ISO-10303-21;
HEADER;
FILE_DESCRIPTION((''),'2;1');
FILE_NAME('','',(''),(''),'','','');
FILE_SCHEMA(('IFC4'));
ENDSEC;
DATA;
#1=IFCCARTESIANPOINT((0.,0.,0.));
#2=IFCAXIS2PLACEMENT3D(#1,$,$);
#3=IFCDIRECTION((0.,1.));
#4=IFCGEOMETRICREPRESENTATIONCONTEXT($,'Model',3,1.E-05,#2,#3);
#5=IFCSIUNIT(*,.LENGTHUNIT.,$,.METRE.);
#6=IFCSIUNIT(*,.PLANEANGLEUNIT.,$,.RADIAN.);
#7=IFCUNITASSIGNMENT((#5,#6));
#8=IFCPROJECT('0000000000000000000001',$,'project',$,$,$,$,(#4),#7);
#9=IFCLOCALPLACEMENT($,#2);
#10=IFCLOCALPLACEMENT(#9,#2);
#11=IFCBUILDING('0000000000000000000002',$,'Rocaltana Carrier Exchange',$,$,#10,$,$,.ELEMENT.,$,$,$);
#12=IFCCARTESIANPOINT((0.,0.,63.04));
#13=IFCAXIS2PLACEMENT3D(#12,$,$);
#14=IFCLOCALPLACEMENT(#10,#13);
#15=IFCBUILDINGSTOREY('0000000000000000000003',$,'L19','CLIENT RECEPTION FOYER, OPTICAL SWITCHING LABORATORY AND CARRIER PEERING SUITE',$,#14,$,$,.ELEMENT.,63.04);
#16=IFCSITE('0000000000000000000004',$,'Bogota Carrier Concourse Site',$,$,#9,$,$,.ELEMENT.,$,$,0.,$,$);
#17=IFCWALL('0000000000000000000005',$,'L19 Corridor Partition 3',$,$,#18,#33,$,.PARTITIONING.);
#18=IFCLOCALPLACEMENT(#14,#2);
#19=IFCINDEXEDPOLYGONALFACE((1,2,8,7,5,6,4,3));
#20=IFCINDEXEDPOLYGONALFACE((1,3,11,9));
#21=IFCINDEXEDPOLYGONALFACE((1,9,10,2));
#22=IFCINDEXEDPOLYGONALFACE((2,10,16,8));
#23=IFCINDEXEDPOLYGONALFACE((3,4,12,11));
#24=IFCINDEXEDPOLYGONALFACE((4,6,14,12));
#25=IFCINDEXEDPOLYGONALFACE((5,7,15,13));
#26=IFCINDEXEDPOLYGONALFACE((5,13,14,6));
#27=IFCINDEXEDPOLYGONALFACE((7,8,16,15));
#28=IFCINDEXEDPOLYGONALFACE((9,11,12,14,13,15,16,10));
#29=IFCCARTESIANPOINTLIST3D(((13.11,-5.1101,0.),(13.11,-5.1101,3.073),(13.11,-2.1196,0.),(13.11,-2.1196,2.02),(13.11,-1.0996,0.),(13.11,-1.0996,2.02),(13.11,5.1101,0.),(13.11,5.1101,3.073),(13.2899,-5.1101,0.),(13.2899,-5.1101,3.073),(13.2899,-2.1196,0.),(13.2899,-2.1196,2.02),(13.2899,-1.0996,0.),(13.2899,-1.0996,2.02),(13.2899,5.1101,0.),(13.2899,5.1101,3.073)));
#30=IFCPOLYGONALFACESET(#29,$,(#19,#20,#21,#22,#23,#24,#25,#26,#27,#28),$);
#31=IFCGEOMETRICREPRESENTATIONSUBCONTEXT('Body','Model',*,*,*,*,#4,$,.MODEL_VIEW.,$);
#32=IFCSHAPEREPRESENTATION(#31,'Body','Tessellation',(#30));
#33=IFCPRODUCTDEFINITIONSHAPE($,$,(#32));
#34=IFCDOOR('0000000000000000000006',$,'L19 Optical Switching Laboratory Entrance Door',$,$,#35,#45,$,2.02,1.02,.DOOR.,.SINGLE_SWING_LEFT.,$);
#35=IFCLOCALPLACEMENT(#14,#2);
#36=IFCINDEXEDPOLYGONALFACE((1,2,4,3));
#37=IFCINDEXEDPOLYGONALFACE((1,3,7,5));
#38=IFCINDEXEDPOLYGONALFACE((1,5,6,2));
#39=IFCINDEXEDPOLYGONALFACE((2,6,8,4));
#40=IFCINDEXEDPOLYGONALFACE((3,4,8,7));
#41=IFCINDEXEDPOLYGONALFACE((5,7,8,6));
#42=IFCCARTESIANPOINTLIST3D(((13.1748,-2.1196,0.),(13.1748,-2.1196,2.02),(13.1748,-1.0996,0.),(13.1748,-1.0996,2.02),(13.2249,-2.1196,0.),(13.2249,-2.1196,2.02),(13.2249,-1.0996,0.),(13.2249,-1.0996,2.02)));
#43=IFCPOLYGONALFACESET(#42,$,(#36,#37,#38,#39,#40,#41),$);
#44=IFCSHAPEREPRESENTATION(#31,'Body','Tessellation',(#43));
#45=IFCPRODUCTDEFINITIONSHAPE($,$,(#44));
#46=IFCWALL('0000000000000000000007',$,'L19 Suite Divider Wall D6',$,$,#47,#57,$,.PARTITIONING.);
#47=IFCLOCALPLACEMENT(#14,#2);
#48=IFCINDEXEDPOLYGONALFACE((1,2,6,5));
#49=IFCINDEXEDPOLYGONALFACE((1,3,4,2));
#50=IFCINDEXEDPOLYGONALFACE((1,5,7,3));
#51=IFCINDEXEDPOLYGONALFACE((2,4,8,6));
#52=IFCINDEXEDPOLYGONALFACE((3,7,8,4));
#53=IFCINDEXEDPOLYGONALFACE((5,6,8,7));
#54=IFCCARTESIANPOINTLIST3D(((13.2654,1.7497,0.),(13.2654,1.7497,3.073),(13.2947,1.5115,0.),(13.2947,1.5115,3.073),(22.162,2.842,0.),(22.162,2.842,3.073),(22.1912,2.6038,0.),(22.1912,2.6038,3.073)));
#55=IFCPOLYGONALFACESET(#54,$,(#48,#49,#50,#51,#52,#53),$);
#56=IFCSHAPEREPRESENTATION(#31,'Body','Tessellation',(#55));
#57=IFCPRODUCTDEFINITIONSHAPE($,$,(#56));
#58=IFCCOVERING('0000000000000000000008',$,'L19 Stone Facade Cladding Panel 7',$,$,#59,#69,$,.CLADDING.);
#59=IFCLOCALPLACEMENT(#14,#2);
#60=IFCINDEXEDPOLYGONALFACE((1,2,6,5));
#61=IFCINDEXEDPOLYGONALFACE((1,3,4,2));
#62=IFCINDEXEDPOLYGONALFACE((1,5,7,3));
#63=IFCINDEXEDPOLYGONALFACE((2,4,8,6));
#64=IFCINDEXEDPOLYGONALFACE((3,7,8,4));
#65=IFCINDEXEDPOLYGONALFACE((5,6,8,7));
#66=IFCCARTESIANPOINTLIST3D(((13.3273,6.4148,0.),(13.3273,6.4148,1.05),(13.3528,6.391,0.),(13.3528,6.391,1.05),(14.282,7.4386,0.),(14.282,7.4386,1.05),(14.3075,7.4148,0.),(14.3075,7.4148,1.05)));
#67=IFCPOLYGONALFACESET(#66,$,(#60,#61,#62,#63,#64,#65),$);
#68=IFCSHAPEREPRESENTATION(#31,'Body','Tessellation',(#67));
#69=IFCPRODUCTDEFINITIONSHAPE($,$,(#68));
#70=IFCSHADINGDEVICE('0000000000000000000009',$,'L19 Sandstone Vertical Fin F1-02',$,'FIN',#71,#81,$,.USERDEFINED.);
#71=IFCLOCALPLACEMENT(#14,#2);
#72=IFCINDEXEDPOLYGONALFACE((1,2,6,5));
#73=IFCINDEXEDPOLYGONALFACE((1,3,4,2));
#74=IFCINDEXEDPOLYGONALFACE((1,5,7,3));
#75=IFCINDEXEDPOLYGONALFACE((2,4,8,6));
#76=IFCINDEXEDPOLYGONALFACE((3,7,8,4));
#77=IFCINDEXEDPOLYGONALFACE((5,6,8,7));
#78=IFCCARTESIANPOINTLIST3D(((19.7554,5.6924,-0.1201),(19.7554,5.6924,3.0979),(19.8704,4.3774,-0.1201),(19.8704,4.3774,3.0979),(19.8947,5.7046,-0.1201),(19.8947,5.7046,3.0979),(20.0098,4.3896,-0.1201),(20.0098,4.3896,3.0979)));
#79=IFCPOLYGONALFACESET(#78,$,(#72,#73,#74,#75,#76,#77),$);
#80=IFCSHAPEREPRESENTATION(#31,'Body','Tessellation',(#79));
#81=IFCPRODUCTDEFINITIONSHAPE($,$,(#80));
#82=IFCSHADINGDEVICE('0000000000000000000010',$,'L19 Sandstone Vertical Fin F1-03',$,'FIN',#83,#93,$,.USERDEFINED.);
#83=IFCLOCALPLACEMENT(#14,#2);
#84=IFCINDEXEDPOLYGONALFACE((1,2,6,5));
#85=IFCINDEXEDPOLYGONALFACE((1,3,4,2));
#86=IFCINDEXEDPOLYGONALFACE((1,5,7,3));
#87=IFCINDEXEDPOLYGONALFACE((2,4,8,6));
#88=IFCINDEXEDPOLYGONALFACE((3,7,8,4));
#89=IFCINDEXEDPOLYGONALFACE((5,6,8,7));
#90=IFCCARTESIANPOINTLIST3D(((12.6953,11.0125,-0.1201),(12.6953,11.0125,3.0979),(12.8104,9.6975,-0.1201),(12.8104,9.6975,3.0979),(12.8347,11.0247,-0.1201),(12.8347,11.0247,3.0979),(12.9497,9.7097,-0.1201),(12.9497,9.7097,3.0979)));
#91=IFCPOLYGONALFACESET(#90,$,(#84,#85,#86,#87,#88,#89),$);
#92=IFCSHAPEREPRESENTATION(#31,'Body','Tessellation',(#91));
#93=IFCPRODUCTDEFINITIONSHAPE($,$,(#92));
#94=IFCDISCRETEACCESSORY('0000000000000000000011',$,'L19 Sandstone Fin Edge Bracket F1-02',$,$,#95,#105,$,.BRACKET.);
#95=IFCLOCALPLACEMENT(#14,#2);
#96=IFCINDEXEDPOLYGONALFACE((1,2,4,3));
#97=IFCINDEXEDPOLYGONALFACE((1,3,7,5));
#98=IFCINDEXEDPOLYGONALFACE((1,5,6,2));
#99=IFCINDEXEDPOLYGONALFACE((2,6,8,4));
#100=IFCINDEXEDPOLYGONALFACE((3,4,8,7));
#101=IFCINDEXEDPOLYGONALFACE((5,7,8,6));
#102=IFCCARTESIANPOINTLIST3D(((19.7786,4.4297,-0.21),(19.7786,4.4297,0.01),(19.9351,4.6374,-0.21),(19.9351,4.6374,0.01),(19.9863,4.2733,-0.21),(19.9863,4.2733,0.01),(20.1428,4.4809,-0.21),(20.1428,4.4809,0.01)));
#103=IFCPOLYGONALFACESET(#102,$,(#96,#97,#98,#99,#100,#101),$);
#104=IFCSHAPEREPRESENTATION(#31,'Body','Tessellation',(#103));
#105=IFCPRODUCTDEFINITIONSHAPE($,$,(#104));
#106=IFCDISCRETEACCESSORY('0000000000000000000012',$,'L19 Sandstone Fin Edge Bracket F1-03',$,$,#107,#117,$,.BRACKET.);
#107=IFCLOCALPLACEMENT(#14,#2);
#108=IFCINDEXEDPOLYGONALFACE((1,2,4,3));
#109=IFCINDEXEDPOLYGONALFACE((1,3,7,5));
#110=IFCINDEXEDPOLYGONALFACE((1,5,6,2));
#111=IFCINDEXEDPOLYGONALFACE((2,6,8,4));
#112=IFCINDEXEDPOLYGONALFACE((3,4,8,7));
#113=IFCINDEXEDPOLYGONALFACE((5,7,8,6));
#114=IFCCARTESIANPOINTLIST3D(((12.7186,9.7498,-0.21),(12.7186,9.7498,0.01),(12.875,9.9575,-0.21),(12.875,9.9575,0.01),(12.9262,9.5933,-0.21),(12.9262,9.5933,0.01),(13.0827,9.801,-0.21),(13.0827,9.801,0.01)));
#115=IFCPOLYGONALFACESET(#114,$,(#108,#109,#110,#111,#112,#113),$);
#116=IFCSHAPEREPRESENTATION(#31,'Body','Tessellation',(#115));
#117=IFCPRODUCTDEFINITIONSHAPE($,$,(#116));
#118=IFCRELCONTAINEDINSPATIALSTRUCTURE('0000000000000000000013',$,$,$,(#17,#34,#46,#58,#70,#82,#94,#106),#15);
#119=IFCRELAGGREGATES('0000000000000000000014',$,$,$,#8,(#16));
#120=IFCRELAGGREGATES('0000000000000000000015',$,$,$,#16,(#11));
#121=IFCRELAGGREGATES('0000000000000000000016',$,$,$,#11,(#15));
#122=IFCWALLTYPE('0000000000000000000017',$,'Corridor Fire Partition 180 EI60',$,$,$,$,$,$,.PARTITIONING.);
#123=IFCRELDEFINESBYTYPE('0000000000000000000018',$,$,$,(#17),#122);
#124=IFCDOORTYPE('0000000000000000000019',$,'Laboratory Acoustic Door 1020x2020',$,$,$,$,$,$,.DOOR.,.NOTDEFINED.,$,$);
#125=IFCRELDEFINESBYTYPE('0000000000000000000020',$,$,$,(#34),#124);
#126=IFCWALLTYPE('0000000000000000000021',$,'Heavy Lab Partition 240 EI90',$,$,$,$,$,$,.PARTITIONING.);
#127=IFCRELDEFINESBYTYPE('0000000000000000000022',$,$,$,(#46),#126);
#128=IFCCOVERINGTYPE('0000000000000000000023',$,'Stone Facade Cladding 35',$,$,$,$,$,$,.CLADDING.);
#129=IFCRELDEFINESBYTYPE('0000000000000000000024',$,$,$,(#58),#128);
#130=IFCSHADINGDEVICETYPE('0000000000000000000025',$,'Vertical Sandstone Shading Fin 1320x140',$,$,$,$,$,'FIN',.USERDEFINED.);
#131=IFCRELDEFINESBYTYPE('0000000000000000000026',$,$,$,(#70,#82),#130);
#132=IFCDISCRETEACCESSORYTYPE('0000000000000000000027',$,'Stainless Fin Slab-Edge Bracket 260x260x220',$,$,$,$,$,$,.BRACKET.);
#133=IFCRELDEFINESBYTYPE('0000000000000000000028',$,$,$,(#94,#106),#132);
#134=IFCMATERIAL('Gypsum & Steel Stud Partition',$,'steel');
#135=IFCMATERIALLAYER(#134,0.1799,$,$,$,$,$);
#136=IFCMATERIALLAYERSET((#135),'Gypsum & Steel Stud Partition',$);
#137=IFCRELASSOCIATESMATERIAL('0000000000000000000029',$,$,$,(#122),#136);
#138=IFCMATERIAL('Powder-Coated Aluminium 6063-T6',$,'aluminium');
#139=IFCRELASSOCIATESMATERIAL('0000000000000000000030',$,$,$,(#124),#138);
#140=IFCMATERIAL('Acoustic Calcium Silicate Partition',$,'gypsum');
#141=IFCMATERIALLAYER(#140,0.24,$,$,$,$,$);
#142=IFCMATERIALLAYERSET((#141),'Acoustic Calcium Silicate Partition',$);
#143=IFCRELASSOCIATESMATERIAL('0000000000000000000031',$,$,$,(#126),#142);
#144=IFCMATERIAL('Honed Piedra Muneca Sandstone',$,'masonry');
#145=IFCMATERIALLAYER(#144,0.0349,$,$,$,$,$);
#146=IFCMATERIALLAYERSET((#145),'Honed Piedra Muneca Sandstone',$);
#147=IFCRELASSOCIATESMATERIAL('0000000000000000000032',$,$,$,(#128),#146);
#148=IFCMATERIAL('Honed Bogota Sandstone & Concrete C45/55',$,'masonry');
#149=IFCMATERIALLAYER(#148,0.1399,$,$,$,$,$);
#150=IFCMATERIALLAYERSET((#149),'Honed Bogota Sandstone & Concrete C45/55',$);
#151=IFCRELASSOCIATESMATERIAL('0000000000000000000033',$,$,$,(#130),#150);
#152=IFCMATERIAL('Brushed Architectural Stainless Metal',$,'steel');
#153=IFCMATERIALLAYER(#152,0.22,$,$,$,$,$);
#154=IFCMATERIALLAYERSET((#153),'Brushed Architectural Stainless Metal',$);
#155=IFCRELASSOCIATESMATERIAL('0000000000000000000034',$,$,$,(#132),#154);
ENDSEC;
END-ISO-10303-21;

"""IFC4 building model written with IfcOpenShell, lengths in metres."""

from ifc_helpers import new_model, si_unit, direction, frame, frame_2d, origin, origin_2d, place, context, subcontext, project, spatial, rectangle, extrude, material, layer, layer_set, type_object, element, fill, save


model = new_model("IFC4")

# Units and contexts
model_context = context("Model", 3, precision=1e-05, world=origin(), true_north=direction((0.0, 1.0)))
body_context = subcontext(model_context, "Body", "Model", "MODEL_VIEW")
ifc_project = project(units=[si_unit("LENGTHUNIT", "METRE"), si_unit("PLANEANGLEUNIT", "RADIAN")], contexts=[model_context])

# Site, building, storey
site_placement = place(None, origin())
site = spatial("IfcSite", under=ifc_project, at=site_placement, Name="Bogota Carrier Concourse Site", CompositionType="ELEMENT", RefElevation=0.0)
building_placement = place(site_placement, origin())
building = spatial("IfcBuilding", under=site, at=building_placement, Name="Rocaltana Carrier Exchange", CompositionType="ELEMENT")
storey_placement = place(building_placement, frame((0.0, 0.0, 63.04)))
storey = spatial("IfcBuildingStorey", under=building, at=storey_placement, Name="L19", Description="CLIENT RECEPTION FOYER, OPTICAL SWITCHING LABORATORY AND CARRIER PEERING SUITE", CompositionType="ELEMENT", Elevation=63.04)

# Wall, opening, door
ifc_material_1 = material(Name="Gypsum & Steel Stud Partition", Category="steel")
ifc_layer_1 = layer(ifc_material_1, 0.1799)
ifc_layer_set_1 = layer_set([ifc_layer_1], Name="Gypsum & Steel Stud Partition")
wall_type_1 = type_object("IfcWallType", Name="Corridor Fire Partition 180 EI60", PredefinedType="PARTITIONING", material=ifc_layer_set_1)
wall_1_placement = place(storey_placement, frame((13.2, 5.1101, 0.0), z_axis=(0.0, 0.0, 1.0), x_axis=(0.0, -1.0, 0.0)))
wall_1 = element("IfcWall", 1, at=wall_1_placement, inside=storey, type_object=wall_type_1, Name="L19 Corridor Partition 3", PredefinedType="PARTITIONING", context=body_context, shape_type="SweptSolid", body=[
    extrude(rectangle(XDim=10.2202, YDim=0.1799, at=frame_2d((5.1101, 0.0))), origin(), (0.0, 0.0, 1.0), 3.073),
])
opening_placement = place(wall_1_placement, frame((6.2097, 0.0, 0.0)))
opening = element("IfcOpeningElement", 2, at=opening_placement, cuts=wall_1, PredefinedType="OPENING", context=body_context, shape_type="SweptSolid", body=[
    extrude(rectangle(XDim=1.02, YDim=2.02, at=frame_2d((0.51, 1.01))), frame((0.0, 0.0999, 0.0), z_axis=(0.0, -1.0, 0.0), x_axis=(1.0, 0.0, 0.0)), (0.0, 0.0, 1.0), 0.2),
])
ifc_material_2 = material(Name="Powder-Coated Aluminium 6063-T6", Category="aluminium")
door_type = type_object("IfcDoorType", Name="Laboratory Acoustic Door 1020x2020", OperationType="NOTDEFINED", PredefinedType="DOOR", material=ifc_material_2)
door_placement = place(opening_placement, origin())
door = element("IfcDoor", 3, at=door_placement, inside=storey, type_object=door_type, Name="L19 Optical Switching Laboratory Entrance Door", OperationType="SINGLE_SWING_LEFT", OverallHeight=2.02, OverallWidth=1.02, PredefinedType="DOOR", context=body_context, shape_type="SweptSolid", body=[
    extrude(rectangle(XDim=1.02, YDim=2.02, at=frame_2d((0.51, 1.01))), frame((0.0, 0.0249, 0.0), z_axis=(0.0, -1.0, 0.0), x_axis=(1.0, 0.0, 0.0)), (0.0, 0.0, 1.0), 0.05),
])
fill(opening, door)

# Wall
ifc_material_3 = material(Name="Acoustic Calcium Silicate Partition", Category="gypsum")
ifc_layer_2 = layer(ifc_material_3, 0.24)
ifc_layer_set_2 = layer_set([ifc_layer_2], Name="Acoustic Calcium Silicate Partition")
wall_type_2 = type_object("IfcWallType", Name="Heavy Lab Partition 240 EI90", PredefinedType="PARTITIONING", material=ifc_layer_set_2)
wall_2_placement = place(storey_placement, frame((13.28, 1.6306, 0.0), z_axis=(0.0, 0.0, 1.0), x_axis=(0.992547, 0.121862, 0.0)))
element("IfcWall", 4, at=wall_2_placement, inside=storey, type_object=wall_type_2, Name="L19 Suite Divider Wall D6", PredefinedType="PARTITIONING", context=body_context, shape_type="SweptSolid", body=[
    extrude(rectangle(XDim=8.9634, YDim=0.24, at=frame_2d((4.4817, 0.0))), origin(), (0.0, 0.0, 1.0), 3.073),
])

# Covering
ifc_material_4 = material(Name="Honed Piedra Muneca Sandstone", Category="masonry")
ifc_layer_3 = layer(ifc_material_4, 0.0349)
ifc_layer_set_3 = layer_set([ifc_layer_3], Name="Honed Piedra Muneca Sandstone")
covering_type = type_object("IfcCoveringType", Name="Stone Facade Cladding 35", PredefinedType="CLADDING", material=ifc_layer_set_3)
covering_placement = place(storey_placement, frame((13.8174, 6.9148, 0.0), z_axis=(0.0, 0.0, 1.0), x_axis=(0.681998, 0.731354, 0.0)))
element("IfcCovering", 5, at=covering_placement, inside=storey, type_object=covering_type, Name="L19 Stone Facade Cladding Panel 7", PredefinedType="CLADDING", context=body_context, shape_type="SweptSolid", body=[
    extrude(rectangle(XDim=1.3999, YDim=0.0349, at=origin_2d()), origin(), (0.0, 0.0, 1.0), 1.05),
])

# Shading devices
ifc_material_5 = material(Name="Honed Bogota Sandstone & Concrete C45/55", Category="masonry")
ifc_layer_4 = layer(ifc_material_5, 0.1399)
ifc_layer_set_4 = layer_set([ifc_layer_4], Name="Honed Bogota Sandstone & Concrete C45/55")
shading_device_type = type_object("IfcShadingDeviceType", Name="Vertical Sandstone Shading Fin 1320x140", ElementType="FIN", PredefinedType="USERDEFINED", material=ifc_layer_set_4)
for number, where, z_axis, x_axis, name in (
    (6, (19.8826, 5.041, -0.1201), (0.0, 0.0, 1.0), (-0.087156, 0.996195, 0.0), "L19 Sandstone Vertical Fin F1-02"),
    (7, (12.8225, 10.3611, -0.1201), (0.0, 0.0, 1.0), (-0.087156, 0.996195, 0.0), "L19 Sandstone Vertical Fin F1-03"),
):
    element("IfcShadingDevice", number, at=place(storey_placement, frame(where, z_axis=z_axis, x_axis=x_axis)), inside=storey, type_object=shading_device_type, Name=name, ObjectType="FIN", PredefinedType="USERDEFINED", context=body_context, shape_type="SweptSolid", body=[
        extrude(rectangle(XDim=1.3201, YDim=0.1399, at=origin_2d()), origin(), (0.0, 0.0, 1.0), 3.218),
    ])

# Discrete accessories
ifc_material_6 = material(Name="Brushed Architectural Stainless Metal", Category="steel")
ifc_layer_5 = layer(ifc_material_6, 0.22)
ifc_layer_set_5 = layer_set([ifc_layer_5], Name="Brushed Architectural Stainless Metal")
discrete_accessory_type = type_object("IfcDiscreteAccessoryType", Name="Stainless Fin Slab-Edge Bracket 260x260x220", PredefinedType="BRACKET", material=ifc_layer_set_5)
for number, where, z_axis, x_axis, name in (
    (8, (19.9607, 4.4553, -0.21), (0.0, 0.0, 1.0), (-0.798636, 0.601815, 0.0), "L19 Sandstone Fin Edge Bracket F1-02"),
    (9, (12.9006, 9.7754, -0.21), (0.0, 0.0, 1.0), (-0.798636, 0.601815, 0.0), "L19 Sandstone Fin Edge Bracket F1-03"),
):
    element("IfcDiscreteAccessory", number, at=place(storey_placement, frame(where, z_axis=z_axis, x_axis=x_axis)), inside=storey, type_object=discrete_accessory_type, Name=name, PredefinedType="BRACKET", context=body_context, shape_type="SweptSolid", body=[
        extrude(rectangle(XDim=0.26, YDim=0.26, at=origin_2d()), origin(), (0.0, 0.0, 1.0), 0.22),
    ])

save(model, "model.ifc")
